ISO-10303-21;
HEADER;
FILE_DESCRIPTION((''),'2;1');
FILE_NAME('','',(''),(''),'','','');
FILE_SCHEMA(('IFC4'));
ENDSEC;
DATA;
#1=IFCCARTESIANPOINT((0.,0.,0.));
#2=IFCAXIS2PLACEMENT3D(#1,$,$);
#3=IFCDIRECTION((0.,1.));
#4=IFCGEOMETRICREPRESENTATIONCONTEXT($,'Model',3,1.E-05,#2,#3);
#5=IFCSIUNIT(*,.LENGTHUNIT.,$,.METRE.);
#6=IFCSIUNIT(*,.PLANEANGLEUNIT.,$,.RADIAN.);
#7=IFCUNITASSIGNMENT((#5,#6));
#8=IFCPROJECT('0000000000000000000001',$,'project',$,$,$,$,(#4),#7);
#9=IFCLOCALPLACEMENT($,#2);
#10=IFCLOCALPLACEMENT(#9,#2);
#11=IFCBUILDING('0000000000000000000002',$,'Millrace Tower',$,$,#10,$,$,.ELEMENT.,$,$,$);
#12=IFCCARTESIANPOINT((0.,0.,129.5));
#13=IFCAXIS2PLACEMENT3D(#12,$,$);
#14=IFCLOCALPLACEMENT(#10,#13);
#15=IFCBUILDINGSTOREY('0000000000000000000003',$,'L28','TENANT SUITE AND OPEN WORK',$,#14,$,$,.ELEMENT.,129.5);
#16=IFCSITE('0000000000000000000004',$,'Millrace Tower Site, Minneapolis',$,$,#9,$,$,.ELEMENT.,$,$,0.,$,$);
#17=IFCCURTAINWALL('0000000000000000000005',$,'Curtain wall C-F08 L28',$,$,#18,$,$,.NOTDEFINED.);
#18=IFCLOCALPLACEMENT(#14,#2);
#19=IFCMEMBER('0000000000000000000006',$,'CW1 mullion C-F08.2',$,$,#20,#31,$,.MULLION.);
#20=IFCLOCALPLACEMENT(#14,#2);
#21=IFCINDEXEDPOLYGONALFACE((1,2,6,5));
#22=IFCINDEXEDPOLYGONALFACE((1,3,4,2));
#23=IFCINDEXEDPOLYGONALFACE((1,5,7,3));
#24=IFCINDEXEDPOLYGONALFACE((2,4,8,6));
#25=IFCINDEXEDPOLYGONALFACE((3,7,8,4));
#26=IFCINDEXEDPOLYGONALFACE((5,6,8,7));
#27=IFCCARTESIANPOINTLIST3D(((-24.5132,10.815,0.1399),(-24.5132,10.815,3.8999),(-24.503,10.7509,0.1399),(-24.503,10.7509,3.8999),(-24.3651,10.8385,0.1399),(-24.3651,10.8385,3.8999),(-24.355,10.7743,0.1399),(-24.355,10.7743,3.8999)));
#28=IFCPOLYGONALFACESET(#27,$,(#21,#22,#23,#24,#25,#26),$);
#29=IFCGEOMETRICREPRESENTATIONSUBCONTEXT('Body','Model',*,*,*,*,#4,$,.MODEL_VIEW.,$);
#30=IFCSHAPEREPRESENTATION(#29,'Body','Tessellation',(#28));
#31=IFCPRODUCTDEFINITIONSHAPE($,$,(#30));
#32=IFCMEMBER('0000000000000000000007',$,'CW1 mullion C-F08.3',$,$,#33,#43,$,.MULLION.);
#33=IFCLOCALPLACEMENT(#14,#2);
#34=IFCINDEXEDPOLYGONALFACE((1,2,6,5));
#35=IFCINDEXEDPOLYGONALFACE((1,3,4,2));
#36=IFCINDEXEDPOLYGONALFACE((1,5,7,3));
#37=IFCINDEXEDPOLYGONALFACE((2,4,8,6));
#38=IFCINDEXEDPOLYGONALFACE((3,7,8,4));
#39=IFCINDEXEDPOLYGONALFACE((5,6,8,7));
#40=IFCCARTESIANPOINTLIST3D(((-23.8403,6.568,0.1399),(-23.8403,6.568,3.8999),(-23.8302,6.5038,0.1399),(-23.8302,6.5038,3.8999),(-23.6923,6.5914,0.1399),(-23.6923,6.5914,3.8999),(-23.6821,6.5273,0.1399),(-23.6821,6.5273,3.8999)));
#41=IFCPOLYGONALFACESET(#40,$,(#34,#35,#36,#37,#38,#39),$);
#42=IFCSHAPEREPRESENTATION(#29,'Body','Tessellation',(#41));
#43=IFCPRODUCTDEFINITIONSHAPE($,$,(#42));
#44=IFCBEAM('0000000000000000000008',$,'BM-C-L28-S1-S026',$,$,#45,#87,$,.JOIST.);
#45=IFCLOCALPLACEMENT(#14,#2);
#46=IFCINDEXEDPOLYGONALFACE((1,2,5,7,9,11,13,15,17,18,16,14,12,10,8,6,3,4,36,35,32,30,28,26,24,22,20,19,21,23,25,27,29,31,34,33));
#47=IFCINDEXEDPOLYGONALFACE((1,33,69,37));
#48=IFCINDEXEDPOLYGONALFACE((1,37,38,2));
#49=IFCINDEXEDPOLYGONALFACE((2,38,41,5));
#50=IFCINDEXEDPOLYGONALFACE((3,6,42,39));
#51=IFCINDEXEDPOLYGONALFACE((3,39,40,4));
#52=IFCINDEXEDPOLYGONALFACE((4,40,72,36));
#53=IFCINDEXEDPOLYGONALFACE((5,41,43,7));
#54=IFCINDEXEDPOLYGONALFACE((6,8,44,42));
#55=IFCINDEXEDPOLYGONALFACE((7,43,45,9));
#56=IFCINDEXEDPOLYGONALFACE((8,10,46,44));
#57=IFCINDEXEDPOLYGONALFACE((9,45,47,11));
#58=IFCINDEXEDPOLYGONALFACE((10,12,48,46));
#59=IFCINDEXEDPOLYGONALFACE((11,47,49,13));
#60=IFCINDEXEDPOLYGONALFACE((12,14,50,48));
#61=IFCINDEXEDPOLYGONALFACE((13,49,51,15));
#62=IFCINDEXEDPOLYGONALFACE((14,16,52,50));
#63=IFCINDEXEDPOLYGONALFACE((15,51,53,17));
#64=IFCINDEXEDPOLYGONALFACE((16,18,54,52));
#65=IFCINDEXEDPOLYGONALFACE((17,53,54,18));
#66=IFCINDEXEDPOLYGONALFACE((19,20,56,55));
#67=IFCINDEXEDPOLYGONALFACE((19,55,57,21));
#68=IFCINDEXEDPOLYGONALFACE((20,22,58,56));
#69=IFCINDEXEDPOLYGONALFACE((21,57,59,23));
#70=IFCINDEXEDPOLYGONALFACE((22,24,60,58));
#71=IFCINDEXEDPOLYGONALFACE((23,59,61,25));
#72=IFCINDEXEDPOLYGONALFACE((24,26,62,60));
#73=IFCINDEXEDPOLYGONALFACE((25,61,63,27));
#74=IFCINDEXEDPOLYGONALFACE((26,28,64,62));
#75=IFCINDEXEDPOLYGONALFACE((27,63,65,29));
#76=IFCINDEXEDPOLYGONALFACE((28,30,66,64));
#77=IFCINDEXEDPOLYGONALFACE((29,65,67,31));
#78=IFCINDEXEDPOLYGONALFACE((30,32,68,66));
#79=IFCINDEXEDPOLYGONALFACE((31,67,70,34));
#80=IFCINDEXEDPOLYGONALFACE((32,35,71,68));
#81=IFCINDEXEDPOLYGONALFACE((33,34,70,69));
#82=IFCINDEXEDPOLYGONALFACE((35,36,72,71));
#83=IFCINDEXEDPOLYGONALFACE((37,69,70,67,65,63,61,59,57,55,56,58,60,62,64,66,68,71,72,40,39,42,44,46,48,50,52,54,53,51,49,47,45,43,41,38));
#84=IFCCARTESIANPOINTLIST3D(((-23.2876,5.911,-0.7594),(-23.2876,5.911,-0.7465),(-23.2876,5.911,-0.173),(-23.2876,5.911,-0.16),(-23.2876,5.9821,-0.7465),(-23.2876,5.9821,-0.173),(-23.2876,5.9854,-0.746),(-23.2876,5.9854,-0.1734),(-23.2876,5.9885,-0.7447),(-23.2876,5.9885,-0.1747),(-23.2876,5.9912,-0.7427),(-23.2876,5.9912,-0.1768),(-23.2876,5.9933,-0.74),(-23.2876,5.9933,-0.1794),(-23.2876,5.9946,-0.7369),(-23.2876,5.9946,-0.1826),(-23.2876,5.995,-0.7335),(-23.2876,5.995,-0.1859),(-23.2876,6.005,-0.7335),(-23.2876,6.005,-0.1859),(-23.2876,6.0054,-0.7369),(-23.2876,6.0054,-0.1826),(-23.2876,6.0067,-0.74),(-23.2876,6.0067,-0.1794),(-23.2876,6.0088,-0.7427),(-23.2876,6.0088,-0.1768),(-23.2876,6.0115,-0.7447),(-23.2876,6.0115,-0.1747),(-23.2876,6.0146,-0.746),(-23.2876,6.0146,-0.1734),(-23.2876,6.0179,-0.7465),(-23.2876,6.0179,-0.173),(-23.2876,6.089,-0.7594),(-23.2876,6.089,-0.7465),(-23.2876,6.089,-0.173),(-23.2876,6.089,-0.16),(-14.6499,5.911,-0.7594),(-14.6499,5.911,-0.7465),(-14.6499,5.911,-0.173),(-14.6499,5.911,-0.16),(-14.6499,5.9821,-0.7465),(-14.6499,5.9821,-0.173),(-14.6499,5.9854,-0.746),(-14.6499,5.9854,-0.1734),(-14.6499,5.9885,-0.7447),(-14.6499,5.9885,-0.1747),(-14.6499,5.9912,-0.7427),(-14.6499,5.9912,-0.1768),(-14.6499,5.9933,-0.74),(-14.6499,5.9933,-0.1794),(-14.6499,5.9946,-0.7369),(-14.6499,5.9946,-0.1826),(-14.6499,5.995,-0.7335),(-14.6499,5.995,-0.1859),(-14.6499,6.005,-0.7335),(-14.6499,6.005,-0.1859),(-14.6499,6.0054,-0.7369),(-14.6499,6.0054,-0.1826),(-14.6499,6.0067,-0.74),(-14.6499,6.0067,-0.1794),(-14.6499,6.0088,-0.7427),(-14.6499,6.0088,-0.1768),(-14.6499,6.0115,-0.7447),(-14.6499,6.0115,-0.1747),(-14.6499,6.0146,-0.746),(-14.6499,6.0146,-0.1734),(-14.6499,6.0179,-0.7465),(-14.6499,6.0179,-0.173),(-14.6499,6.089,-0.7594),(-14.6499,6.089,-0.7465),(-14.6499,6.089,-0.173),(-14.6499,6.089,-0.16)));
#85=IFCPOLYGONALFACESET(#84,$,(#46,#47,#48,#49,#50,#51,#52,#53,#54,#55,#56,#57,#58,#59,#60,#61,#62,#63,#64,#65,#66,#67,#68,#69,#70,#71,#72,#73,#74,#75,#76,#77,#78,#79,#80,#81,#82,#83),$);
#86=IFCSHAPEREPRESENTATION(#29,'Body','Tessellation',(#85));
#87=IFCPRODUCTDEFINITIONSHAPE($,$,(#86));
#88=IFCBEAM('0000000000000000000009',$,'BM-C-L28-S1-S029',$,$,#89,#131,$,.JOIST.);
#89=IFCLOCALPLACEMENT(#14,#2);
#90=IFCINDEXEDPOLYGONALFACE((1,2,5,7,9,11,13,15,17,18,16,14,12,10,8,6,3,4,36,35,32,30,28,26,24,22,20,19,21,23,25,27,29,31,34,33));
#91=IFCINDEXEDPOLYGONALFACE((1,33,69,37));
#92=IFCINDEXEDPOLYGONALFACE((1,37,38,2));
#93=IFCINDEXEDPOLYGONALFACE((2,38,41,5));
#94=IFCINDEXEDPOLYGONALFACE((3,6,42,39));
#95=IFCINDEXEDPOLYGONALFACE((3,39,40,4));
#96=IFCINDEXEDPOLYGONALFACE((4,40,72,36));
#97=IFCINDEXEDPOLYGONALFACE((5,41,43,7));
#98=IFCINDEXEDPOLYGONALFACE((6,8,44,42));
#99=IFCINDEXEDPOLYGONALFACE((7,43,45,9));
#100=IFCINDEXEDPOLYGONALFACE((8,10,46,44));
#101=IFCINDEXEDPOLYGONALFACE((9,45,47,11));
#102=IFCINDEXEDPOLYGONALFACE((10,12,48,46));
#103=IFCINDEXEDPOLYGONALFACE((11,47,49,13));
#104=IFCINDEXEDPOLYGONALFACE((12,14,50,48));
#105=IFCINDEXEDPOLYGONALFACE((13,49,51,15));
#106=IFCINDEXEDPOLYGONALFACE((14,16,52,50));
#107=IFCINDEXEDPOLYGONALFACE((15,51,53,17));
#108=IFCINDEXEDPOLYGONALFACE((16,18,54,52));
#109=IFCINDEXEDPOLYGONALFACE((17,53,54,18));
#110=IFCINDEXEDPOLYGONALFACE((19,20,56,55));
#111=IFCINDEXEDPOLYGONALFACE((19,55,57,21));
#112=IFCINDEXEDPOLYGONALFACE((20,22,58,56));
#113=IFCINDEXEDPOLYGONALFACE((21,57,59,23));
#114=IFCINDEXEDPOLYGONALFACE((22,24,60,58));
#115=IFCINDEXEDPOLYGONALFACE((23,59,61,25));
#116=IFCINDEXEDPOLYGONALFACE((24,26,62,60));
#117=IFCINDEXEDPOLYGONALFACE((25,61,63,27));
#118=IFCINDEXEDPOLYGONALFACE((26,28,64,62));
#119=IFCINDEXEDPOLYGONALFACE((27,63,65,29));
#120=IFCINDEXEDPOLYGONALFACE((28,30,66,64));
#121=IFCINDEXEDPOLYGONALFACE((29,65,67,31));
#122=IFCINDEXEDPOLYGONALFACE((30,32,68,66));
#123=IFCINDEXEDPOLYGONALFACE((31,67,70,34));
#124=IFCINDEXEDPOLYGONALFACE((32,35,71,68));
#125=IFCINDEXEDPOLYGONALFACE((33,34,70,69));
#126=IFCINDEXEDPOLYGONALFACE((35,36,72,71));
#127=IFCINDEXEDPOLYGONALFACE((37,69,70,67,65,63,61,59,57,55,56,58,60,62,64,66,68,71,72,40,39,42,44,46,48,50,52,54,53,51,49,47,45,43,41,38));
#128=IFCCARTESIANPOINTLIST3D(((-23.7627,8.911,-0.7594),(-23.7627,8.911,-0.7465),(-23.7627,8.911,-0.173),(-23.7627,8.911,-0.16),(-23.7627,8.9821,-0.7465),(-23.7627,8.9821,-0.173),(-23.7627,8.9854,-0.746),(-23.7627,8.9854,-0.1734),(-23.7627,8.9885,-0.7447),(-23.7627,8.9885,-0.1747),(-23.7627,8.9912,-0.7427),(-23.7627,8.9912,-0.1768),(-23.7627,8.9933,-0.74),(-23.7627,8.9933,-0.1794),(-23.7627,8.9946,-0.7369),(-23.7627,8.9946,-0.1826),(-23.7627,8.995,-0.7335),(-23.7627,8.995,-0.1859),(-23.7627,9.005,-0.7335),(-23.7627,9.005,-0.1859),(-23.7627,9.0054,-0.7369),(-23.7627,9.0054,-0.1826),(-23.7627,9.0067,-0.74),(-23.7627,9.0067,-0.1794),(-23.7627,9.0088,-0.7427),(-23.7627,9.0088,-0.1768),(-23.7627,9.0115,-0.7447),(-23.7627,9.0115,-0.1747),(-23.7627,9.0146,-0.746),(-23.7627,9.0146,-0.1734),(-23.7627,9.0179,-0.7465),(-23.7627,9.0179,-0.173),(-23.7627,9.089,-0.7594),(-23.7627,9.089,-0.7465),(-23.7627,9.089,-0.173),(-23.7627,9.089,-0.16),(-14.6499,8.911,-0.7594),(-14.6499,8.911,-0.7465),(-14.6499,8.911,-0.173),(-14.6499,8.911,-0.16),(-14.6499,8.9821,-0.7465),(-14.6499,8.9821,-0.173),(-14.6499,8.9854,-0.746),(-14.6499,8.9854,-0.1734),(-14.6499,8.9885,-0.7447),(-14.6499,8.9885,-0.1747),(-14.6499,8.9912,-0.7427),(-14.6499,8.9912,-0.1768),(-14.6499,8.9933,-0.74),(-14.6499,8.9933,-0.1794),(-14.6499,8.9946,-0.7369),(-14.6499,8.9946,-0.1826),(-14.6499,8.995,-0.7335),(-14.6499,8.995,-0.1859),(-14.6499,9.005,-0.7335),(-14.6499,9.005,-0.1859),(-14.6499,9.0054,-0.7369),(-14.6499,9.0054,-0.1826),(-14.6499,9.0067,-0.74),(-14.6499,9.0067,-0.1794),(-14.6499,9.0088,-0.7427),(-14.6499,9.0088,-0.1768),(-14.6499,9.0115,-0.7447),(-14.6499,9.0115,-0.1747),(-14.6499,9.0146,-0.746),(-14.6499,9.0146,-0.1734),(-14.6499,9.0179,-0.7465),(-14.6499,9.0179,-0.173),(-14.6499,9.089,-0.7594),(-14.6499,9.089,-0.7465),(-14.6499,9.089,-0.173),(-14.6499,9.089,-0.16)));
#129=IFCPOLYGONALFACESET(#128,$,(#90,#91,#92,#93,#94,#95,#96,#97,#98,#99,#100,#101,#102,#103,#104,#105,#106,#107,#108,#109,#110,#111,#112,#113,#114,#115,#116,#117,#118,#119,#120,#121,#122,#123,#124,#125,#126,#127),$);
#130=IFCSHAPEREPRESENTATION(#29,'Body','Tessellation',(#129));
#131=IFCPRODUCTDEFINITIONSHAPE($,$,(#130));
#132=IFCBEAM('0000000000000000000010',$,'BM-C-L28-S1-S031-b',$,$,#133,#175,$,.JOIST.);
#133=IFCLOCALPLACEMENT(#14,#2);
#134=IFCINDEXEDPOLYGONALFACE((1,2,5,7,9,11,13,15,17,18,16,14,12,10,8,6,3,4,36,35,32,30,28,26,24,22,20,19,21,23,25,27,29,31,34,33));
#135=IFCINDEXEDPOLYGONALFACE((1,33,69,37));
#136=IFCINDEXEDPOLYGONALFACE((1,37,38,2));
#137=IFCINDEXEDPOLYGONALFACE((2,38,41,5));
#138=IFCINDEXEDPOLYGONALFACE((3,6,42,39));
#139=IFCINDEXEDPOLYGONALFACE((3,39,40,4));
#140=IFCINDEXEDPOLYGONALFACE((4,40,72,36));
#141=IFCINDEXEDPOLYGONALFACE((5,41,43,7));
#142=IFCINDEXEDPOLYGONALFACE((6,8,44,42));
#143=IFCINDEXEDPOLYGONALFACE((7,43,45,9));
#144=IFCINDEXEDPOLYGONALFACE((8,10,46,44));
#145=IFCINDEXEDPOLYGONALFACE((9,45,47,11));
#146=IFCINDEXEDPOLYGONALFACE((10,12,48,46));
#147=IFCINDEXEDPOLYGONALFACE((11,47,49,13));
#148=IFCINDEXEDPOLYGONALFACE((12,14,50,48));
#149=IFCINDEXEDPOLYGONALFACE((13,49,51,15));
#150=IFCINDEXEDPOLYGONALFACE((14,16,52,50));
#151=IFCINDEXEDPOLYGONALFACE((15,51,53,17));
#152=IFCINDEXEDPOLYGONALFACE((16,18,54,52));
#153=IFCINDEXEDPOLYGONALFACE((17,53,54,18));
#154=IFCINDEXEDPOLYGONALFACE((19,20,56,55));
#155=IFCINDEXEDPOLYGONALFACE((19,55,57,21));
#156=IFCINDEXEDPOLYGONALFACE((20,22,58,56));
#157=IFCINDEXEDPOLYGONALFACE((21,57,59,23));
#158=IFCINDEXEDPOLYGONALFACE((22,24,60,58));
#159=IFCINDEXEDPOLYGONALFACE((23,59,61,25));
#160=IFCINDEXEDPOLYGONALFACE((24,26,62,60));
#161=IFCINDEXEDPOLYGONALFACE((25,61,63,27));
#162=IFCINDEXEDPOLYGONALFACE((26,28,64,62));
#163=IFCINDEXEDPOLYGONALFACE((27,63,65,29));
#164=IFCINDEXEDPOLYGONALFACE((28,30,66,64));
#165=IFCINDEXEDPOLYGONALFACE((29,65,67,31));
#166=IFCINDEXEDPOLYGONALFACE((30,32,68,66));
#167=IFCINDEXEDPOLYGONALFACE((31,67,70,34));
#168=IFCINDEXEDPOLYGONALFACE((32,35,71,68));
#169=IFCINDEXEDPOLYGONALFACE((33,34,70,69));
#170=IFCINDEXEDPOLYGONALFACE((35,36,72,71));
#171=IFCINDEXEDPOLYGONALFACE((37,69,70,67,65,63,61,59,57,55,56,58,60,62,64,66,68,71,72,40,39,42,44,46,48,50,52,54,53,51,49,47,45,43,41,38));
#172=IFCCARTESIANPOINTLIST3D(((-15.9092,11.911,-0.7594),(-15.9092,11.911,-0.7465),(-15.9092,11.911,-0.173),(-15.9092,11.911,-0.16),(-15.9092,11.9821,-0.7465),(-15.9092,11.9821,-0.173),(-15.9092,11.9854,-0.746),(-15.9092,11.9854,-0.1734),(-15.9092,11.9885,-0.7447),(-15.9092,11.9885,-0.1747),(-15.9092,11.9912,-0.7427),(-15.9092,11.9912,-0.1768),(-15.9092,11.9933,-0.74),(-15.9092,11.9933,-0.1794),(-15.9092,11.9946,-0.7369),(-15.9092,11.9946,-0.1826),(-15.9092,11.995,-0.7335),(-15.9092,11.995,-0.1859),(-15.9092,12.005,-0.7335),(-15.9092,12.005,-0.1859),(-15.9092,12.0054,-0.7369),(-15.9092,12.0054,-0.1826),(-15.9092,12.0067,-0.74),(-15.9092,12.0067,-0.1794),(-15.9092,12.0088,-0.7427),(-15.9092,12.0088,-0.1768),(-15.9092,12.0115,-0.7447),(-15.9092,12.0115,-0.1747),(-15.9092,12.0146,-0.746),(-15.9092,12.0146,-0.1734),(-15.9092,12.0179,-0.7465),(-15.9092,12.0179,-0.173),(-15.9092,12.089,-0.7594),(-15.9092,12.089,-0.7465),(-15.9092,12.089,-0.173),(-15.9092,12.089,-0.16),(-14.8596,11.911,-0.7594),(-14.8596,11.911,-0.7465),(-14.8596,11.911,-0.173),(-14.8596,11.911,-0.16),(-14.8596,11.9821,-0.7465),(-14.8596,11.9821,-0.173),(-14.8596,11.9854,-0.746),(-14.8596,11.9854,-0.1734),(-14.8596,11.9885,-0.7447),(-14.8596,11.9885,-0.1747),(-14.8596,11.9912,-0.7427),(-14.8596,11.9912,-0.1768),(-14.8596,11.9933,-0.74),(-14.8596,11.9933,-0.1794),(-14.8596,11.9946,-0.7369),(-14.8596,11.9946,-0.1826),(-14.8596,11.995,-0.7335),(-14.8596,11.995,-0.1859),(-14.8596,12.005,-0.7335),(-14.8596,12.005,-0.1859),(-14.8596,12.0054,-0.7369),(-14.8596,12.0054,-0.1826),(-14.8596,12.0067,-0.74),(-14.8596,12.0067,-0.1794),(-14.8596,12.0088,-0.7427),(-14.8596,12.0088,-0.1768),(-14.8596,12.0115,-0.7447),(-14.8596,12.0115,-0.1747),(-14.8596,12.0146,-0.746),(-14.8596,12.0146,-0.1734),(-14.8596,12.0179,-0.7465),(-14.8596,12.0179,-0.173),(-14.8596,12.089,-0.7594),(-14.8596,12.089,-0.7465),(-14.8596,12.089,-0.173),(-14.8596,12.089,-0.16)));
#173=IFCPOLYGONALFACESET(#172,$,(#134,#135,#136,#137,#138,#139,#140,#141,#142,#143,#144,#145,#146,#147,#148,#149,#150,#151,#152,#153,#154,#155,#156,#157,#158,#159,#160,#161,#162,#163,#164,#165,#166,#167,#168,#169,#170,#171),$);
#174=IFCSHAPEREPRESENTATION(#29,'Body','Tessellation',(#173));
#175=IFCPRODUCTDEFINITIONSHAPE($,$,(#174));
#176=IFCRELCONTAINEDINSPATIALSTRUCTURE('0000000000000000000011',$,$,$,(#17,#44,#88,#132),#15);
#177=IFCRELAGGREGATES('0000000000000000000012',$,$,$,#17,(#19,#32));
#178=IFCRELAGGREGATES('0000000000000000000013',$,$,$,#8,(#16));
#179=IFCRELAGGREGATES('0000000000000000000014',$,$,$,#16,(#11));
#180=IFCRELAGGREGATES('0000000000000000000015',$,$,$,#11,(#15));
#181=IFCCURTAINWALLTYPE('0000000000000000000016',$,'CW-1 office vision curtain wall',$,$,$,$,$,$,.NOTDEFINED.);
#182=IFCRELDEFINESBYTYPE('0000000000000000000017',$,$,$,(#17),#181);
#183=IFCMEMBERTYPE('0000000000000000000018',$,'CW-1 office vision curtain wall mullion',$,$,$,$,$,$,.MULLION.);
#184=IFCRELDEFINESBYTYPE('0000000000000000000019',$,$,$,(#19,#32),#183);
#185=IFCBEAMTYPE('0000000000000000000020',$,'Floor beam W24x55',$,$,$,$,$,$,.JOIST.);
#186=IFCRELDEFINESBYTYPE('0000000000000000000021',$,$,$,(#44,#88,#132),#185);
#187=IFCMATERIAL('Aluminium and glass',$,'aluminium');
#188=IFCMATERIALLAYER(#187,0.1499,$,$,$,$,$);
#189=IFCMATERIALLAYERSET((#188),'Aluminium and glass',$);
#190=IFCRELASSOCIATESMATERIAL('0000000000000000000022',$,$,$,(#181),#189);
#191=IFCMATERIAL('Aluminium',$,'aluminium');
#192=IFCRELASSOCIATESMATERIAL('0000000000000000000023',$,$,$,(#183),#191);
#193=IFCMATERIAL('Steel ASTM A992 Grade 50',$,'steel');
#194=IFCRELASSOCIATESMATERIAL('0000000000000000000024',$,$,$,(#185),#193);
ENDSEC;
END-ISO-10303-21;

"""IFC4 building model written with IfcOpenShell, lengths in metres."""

from ifc_helpers import new_model, si_unit, direction, frame, origin, origin_2d, place, context, subcontext, project, spatial, rectangle, i_section, extrude, material, layer, layer_set, material_profile, profile_set, type_object, element, aggregate, save


model = new_model("IFC4")

# Units and contexts
model_context = context("Model", 3, precision=1e-05, world=origin(), true_north=direction((0.0, 1.0)))
body_context = subcontext(model_context, "Body", "Model", "MODEL_VIEW")
ifc_project = project(units=[si_unit("LENGTHUNIT", "METRE"), si_unit("PLANEANGLEUNIT", "RADIAN")], contexts=[model_context])

# Site, building, storey
site_placement = place(None, origin())
site = spatial("IfcSite", under=ifc_project, at=site_placement, Name="Millrace Tower Site, Minneapolis", CompositionType="ELEMENT", RefElevation=0.0)
building_placement = place(site_placement, origin())
building = spatial("IfcBuilding", under=site, at=building_placement, Name="Millrace Tower", CompositionType="ELEMENT")
storey_placement = place(building_placement, frame((0.0, 0.0, 129.5)))
storey = spatial("IfcBuildingStorey", under=building, at=storey_placement, Name="L28", Description="TENANT SUITE AND OPEN WORK", CompositionType="ELEMENT", Elevation=129.5)

# Curtain wall, members
ifc_material_1 = material(Name="Aluminium and glass", Category="aluminium")
ifc_layer_1 = layer(ifc_material_1, 0.1499)
ifc_layer_set_1 = layer_set([ifc_layer_1], Name="Aluminium and glass")
curtain_wall_type = type_object("IfcCurtainWallType", Name="CW-1 office vision curtain wall", PredefinedType="NOTDEFINED", material=ifc_layer_set_1)
curtain_wall_placement = place(storey_placement, origin())
curtain_wall = element("IfcCurtainWall", 1, at=curtain_wall_placement, inside=storey, type_object=curtain_wall_type, Name="Curtain wall C-F08 L28", PredefinedType="NOTDEFINED")
ifc_material_2 = material(Name="Aluminium", Category="aluminium")
ifc_material_profile_1 = material_profile(ifc_material_2, rectangle(XDim=0.0649, YDim=0.1499, at=origin_2d()))
ifc_profile_set_1 = profile_set([ifc_material_profile_1], Name="Aluminium")
member_type = type_object("IfcMemberType", Name="CW-1 office vision curtain wall mullion", PredefinedType="MULLION", material=ifc_profile_set_1)
member_1_placement = place(storey_placement, frame((-24.4341, 10.7947, 0.1399), z_axis=(0.0, 0.0, 1.0), x_axis=(0.156434, -0.987688, 0.0)))
member_1 = element("IfcMember", 2, at=member_1_placement, type_object=member_type, Name="CW1 mullion C-F08.2", PredefinedType="MULLION", context=body_context, shape_type="SweptSolid", body=[
    extrude(rectangle(XDim=0.0649, YDim=0.1499, at=origin_2d()), origin(), (0.0, 0.0, 1.0), 3.76),
])
member_2_placement = place(storey_placement, frame((-23.7612, 6.5476, 0.1399), z_axis=(0.0, 0.0, 1.0), x_axis=(0.156434, -0.987688, 0.0)))
member_2 = element("IfcMember", 3, at=member_2_placement, type_object=member_type, Name="CW1 mullion C-F08.3", PredefinedType="MULLION", context=body_context, shape_type="SweptSolid", body=[
    extrude(rectangle(XDim=0.0649, YDim=0.1499, at=origin_2d()), origin(), (0.0, 0.0, 1.0), 3.76),
])
aggregate(curtain_wall, [member_1, member_2])

# Beams
ifc_material_3 = material(Name="Steel ASTM A992 Grade 50", Category="steel")
ifc_material_profile_2 = material_profile(ifc_material_3, i_section(OverallWidth=0.178, OverallDepth=0.5994, WebThickness=0.01, FlangeThickness=0.0129, FilletRadius=0.0129, at=origin_2d()))
ifc_profile_set_2 = profile_set([ifc_material_profile_2], Name="Steel ASTM A992 Grade 50")
beam_type_1 = type_object("IfcBeamType", Name="Floor beam W24x55", PredefinedType="JOIST", material=ifc_profile_set_2)
beam_1_placement = place(storey_placement, frame((-23.2876, 6.0, -0.4597), z_axis=(1.0, 0.0, 0.0), x_axis=(0.0, 1.0, 0.0)))
element("IfcBeam", 4, at=beam_1_placement, inside=storey, type_object=beam_type_1, Name="BM-C-L28-S1-S026", PredefinedType="JOIST", context=body_context, shape_type="SweptSolid", body=[
    extrude(i_section(OverallWidth=0.178, OverallDepth=0.5994, WebThickness=0.01, FlangeThickness=0.0129, FilletRadius=0.0129, at=origin_2d()), origin(), (0.0, 0.0, 1.0), 8.6377),
])
beam_2_placement = place(storey_placement, frame((-23.7627, 9.0, -0.4597), z_axis=(1.0, 0.0, 0.0), x_axis=(0.0, 1.0, 0.0)))
element("IfcBeam", 5, at=beam_2_placement, inside=storey, type_object=beam_type_1, Name="BM-C-L28-S1-S029", PredefinedType="JOIST", context=body_context, shape_type="SweptSolid", body=[
    extrude(i_section(OverallWidth=0.178, OverallDepth=0.5994, WebThickness=0.01, FlangeThickness=0.0129, FilletRadius=0.0129, at=origin_2d()), origin(), (0.0, 0.0, 1.0), 9.1128),
])
beam_3_placement = place(storey_placement, frame((-15.9092, 12.0, -0.4597), z_axis=(1.0, 0.0, 0.0), x_axis=(0.0, 1.0, 0.0)))
element("IfcBeam", 6, at=beam_3_placement, inside=storey, type_object=beam_type_1, Name="BM-C-L28-S1-S031-b", PredefinedType="JOIST", context=body_context, shape_type="SweptSolid", body=[
    extrude(i_section(OverallWidth=0.178, OverallDepth=0.5994, WebThickness=0.01, FlangeThickness=0.0129, FilletRadius=0.0129, at=origin_2d()), origin(), (0.0, 0.0, 1.0), 1.0496),
])

save(model, "model.ifc")
